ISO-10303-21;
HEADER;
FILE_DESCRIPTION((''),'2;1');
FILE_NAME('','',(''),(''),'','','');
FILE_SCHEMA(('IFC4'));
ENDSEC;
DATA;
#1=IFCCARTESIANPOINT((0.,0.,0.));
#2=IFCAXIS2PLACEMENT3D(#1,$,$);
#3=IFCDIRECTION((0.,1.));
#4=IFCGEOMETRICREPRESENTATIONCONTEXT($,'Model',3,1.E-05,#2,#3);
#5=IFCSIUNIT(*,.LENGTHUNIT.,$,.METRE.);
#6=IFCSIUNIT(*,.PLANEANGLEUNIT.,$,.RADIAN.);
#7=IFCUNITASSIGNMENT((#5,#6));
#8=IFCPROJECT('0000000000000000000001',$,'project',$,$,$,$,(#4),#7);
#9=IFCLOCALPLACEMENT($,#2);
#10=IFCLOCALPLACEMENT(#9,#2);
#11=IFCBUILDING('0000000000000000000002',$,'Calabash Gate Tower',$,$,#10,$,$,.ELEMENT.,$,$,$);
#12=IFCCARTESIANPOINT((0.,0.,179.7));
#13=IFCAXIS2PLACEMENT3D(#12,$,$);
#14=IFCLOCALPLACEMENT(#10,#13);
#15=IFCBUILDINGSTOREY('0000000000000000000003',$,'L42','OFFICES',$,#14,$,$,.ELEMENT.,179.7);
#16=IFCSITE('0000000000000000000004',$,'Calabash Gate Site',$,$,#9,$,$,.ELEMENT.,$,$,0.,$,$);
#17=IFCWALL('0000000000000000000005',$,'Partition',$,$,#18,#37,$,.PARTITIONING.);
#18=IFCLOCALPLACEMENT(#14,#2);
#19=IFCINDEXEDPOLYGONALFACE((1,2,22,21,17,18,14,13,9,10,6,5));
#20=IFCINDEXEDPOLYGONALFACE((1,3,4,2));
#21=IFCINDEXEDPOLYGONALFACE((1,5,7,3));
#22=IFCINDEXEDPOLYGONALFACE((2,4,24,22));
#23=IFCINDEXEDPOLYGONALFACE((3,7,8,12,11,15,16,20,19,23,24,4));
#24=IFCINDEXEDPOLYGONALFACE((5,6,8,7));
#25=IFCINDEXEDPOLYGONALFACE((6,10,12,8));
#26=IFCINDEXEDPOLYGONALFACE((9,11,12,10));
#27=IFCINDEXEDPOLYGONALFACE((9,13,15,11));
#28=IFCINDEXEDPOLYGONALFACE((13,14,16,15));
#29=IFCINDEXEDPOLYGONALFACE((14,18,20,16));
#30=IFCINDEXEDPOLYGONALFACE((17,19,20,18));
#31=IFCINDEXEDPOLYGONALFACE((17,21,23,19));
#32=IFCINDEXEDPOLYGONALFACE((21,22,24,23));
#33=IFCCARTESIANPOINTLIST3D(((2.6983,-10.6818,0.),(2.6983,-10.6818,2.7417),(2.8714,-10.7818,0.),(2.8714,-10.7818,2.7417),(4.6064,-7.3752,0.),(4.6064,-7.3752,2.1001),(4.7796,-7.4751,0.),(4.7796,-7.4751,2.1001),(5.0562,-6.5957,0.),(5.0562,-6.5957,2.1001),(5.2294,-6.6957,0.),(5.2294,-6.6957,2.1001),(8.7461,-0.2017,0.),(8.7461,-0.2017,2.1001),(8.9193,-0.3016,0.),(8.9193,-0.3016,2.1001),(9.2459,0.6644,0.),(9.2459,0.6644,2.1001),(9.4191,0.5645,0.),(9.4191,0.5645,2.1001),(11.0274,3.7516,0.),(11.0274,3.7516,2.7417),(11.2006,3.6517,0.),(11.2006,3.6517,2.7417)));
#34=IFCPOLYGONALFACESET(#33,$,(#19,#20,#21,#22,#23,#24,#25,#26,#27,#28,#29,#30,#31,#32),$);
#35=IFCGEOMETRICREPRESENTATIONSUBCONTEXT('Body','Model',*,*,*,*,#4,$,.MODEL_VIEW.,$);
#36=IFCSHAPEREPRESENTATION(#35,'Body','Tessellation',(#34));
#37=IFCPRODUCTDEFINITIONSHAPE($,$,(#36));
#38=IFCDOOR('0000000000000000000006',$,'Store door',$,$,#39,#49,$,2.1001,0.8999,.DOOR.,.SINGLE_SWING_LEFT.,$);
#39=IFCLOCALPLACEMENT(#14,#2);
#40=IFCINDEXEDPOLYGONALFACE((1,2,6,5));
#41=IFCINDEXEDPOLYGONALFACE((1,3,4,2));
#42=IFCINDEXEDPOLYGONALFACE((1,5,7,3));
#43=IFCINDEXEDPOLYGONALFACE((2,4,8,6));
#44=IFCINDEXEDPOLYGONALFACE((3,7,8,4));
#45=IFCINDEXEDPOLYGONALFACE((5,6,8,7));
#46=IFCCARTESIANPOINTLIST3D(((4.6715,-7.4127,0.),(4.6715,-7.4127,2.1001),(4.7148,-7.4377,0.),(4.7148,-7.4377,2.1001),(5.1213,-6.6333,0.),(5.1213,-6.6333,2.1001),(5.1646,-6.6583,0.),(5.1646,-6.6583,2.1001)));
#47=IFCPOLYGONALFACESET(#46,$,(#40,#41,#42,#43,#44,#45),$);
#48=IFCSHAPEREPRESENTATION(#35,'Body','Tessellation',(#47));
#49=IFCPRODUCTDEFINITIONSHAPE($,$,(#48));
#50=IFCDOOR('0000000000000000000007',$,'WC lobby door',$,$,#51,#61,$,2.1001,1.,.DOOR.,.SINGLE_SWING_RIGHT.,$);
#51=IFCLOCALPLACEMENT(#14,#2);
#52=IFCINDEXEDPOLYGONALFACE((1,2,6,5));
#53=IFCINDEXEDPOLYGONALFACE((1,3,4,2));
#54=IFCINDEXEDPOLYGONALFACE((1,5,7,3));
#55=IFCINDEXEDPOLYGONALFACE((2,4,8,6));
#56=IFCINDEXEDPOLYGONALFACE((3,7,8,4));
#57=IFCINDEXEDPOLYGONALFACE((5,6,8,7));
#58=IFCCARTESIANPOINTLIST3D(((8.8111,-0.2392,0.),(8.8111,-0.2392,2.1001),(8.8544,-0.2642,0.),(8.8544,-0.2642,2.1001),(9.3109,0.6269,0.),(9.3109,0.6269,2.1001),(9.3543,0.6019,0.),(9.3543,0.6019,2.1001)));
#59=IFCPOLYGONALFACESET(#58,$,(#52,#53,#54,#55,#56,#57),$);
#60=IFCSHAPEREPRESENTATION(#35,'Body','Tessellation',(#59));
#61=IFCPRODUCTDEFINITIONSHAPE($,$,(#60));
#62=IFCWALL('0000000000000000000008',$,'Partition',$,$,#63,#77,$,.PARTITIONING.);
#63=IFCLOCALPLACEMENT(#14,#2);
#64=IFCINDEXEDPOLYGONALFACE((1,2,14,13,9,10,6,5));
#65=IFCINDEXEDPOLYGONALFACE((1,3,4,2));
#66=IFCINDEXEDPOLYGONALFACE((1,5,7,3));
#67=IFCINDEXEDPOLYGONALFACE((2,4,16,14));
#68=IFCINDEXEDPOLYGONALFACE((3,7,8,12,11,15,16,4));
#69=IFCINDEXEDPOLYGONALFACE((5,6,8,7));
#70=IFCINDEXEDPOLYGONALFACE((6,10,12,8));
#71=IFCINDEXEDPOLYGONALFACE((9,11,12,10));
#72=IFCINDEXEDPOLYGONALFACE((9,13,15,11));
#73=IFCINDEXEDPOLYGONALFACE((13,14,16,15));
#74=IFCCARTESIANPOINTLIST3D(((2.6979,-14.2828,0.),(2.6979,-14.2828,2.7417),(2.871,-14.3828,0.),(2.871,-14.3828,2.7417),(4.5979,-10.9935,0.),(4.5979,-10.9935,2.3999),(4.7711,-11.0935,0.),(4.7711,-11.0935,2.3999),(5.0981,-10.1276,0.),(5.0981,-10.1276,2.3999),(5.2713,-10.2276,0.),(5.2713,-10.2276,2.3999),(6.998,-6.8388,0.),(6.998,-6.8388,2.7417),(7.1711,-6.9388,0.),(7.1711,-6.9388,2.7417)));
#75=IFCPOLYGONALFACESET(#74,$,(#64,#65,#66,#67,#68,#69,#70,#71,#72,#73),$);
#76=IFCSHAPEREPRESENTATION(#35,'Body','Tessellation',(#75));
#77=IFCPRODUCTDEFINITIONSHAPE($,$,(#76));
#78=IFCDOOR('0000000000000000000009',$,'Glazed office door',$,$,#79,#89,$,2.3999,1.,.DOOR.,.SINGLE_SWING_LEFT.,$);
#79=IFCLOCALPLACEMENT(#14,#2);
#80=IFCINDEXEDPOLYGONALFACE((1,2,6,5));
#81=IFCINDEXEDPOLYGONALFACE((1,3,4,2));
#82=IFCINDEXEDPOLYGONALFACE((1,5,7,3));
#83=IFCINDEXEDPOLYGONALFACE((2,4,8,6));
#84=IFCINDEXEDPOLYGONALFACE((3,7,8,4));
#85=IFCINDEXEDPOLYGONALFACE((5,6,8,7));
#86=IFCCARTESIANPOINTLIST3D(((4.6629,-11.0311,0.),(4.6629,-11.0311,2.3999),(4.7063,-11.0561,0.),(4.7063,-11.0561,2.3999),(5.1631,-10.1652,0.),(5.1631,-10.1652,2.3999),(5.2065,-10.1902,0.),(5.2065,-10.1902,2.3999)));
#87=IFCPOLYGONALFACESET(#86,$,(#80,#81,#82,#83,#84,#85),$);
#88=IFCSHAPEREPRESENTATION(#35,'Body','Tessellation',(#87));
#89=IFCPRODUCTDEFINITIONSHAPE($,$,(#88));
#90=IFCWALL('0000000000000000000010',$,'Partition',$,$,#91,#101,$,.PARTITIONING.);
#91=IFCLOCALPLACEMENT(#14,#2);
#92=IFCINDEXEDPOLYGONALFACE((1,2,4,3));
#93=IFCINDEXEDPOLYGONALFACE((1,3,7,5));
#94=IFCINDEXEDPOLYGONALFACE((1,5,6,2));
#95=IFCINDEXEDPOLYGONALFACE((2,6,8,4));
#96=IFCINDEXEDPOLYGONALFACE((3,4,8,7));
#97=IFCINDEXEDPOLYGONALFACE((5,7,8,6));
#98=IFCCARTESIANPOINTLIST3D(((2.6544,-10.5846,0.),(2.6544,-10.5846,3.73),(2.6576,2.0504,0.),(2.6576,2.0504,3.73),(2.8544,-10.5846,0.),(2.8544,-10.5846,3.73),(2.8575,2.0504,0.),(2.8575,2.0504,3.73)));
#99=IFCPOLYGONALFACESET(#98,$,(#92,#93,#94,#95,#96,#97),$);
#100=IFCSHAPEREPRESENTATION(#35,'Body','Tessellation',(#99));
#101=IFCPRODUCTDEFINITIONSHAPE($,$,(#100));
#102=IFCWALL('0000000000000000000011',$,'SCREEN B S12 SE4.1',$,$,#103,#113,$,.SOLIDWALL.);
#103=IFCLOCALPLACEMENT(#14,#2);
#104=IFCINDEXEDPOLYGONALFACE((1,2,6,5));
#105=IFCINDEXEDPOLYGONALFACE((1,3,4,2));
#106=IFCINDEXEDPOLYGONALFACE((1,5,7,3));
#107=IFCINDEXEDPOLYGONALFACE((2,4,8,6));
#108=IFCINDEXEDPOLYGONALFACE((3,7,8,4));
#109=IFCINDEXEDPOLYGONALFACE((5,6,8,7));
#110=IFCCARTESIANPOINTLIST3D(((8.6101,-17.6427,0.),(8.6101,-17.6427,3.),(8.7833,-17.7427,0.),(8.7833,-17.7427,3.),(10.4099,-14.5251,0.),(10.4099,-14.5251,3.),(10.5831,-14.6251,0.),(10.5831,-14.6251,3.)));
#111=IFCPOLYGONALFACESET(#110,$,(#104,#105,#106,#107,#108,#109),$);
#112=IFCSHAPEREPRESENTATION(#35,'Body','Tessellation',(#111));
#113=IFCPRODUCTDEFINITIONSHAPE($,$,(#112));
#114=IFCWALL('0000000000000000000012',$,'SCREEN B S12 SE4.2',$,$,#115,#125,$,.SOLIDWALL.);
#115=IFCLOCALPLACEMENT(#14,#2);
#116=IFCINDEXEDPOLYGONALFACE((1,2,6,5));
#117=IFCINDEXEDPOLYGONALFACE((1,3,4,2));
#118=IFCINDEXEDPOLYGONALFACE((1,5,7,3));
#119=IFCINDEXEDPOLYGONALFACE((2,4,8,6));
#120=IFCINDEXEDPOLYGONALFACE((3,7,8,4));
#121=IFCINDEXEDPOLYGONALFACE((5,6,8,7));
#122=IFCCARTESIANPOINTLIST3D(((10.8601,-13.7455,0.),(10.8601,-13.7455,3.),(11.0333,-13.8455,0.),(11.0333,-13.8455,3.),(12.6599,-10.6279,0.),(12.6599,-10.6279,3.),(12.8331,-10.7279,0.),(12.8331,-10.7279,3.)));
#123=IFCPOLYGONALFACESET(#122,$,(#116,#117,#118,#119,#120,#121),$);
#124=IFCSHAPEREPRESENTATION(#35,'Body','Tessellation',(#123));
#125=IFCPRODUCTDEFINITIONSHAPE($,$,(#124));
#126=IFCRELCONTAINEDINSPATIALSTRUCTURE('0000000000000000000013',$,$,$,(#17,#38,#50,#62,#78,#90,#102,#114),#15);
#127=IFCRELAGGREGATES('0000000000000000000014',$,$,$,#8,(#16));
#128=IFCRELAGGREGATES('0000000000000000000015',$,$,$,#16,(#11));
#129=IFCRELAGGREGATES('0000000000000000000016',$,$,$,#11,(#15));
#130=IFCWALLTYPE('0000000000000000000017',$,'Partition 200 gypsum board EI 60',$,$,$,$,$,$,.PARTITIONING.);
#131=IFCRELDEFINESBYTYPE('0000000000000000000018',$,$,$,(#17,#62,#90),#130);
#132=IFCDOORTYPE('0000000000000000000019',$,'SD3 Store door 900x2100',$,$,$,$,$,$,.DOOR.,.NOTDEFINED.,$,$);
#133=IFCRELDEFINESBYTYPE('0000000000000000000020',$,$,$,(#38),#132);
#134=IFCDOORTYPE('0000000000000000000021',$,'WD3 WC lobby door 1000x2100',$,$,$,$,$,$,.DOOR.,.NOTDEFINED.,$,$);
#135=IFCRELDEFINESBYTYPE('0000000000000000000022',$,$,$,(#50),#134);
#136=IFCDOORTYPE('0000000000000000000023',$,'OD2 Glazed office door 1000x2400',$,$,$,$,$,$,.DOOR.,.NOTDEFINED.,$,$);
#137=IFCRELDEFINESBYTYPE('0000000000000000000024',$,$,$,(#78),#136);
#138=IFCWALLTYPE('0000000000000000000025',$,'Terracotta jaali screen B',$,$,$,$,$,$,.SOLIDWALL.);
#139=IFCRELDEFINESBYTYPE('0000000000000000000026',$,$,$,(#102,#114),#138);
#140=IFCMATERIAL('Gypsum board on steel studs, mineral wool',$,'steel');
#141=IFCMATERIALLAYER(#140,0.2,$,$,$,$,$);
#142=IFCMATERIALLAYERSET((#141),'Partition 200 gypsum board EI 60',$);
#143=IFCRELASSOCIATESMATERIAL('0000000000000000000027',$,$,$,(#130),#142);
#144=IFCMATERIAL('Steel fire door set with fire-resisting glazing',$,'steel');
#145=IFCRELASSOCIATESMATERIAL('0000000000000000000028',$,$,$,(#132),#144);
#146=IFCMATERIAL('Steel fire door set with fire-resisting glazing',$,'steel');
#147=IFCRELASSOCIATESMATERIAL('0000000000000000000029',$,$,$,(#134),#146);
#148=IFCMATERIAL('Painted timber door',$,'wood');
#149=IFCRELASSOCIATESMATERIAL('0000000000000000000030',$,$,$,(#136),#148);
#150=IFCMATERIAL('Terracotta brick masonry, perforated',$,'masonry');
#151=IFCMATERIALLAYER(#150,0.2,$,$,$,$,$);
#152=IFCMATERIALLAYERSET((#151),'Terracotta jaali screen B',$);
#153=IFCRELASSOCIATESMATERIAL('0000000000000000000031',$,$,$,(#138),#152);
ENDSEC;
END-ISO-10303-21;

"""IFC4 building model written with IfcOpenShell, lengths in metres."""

from ifc_helpers import new_model, si_unit, direction, frame, frame_2d, origin, place, context, subcontext, project, spatial, rectangle, extrude, material, layer, layer_set, type_object, element, fill, save


model = new_model("IFC4")

# Units and contexts
model_context = context("Model", 3, precision=1e-05, world=origin(), true_north=direction((0.0, 1.0)))
body_context = subcontext(model_context, "Body", "Model", "MODEL_VIEW")
ifc_project = project(units=[si_unit("LENGTHUNIT", "METRE"), si_unit("PLANEANGLEUNIT", "RADIAN")], contexts=[model_context])

# Site, building, storey
site_placement = place(None, origin())
site = spatial("IfcSite", under=ifc_project, at=site_placement, Name="Calabash Gate Site", CompositionType="ELEMENT", RefElevation=0.0)
building_placement = place(site_placement, origin())
building = spatial("IfcBuilding", under=site, at=building_placement, Name="Calabash Gate Tower", CompositionType="ELEMENT")
storey_placement = place(building_placement, frame((0.0, 0.0, 179.7)))
storey = spatial("IfcBuildingStorey", under=building, at=storey_placement, Name="L42", Description="OFFICES", CompositionType="ELEMENT", Elevation=179.7)

# Shared definitions
ifc_material_1 = material(Name="Gypsum board on steel studs, mineral wool", Category="steel")
ifc_layer_1 = layer(ifc_material_1, 0.2)
ifc_layer_set_1 = layer_set([ifc_layer_1], Name="Partition 200 gypsum board EI 60")
wall_type_1 = type_object("IfcWallType", Name="Partition 200 gypsum board EI 60", PredefinedType="PARTITIONING", material=ifc_layer_set_1)

# Wall, openings, doors
wall_1_placement = place(storey_placement, frame((2.7849, -10.7317, 0.0), z_axis=(0.0, 0.0, 1.0), x_axis=(0.49982, 0.866129, 0.0)))
wall_1 = element("IfcWall", 1, at=wall_1_placement, inside=storey, type_object=wall_type_1, Name="Partition", PredefinedType="PARTITIONING", context=body_context, shape_type="SweptSolid", body=[
    extrude(rectangle(XDim=16.6643, YDim=0.2, at=frame_2d((8.332, 0.0))), origin(), (0.0, 0.0, 1.0), 2.7417),
])
opening_1_placement = place(wall_1_placement, frame((3.8176, 0.0, 0.0)))
opening_1 = element("IfcOpeningElement", 2, at=opening_1_placement, cuts=wall_1, PredefinedType="OPENING", context=body_context, shape_type="SweptSolid", body=[
    extrude(rectangle(XDim=0.8999, YDim=2.1001, at=frame_2d((0.45, 1.05))), frame((0.0, 0.1099, 0.0), z_axis=(0.0, -1.0, 0.0), x_axis=(1.0, 0.0, 0.0)), (0.0, 0.0, 1.0), 0.22),
])
opening_2_placement = place(wall_1_placement, frame((12.0999, 0.0, 0.0)))
opening_2 = element("IfcOpeningElement", 3, at=opening_2_placement, cuts=wall_1, PredefinedType="OPENING", context=body_context, shape_type="SweptSolid", body=[
    extrude(rectangle(XDim=1.0, YDim=2.1001, at=frame_2d((0.5, 1.05))), frame((0.0, 0.1099, 0.0), z_axis=(0.0, -1.0, 0.0), x_axis=(1.0, 0.0, 0.0)), (0.0, 0.0, 1.0), 0.22),
])
ifc_material_2 = material(Name="Steel fire door set with fire-resisting glazing", Category="steel")
door_type_1 = type_object("IfcDoorType", Name="SD3 Store door 900x2100", OperationType="NOTDEFINED", PredefinedType="DOOR", material=ifc_material_2)
door_1_placement = place(opening_1_placement, origin())
door_1 = element("IfcDoor", 4, at=door_1_placement, inside=storey, type_object=door_type_1, Name="Store door", OperationType="SINGLE_SWING_LEFT", OverallHeight=2.1001, OverallWidth=0.8999, PredefinedType="DOOR", context=body_context, shape_type="SweptSolid", body=[
    extrude(rectangle(XDim=0.8999, YDim=2.1001, at=frame_2d((0.45, 1.05))), frame((0.0, 0.0249, 0.0), z_axis=(0.0, -1.0, 0.0), x_axis=(1.0, 0.0, 0.0)), (0.0, 0.0, 1.0), 0.05),
])
fill(opening_1, door_1)
ifc_material_3 = material(Name="Steel fire door set with fire-resisting glazing", Category="steel")
door_type_2 = type_object("IfcDoorType", Name="WD3 WC lobby door 1000x2100", OperationType="NOTDEFINED", PredefinedType="DOOR", material=ifc_material_3)
door_2_placement = place(opening_2_placement, origin())
door_2 = element("IfcDoor", 5, at=door_2_placement, inside=storey, type_object=door_type_2, Name="WC lobby door", OperationType="SINGLE_SWING_RIGHT", OverallHeight=2.1001, OverallWidth=1.0, PredefinedType="DOOR", context=body_context, shape_type="SweptSolid", body=[
    extrude(rectangle(XDim=1.0, YDim=2.1001, at=frame_2d((0.5, 1.05))), frame((0.0, 0.0249, 0.0), z_axis=(0.0, -1.0, 0.0), x_axis=(1.0, 0.0, 0.0)), (0.0, 0.0, 1.0), 0.05),
])
fill(opening_2, door_2)

# Wall, opening, door
wall_2_placement = place(storey_placement, frame((2.7844, -14.3328, 0.0), z_axis=(0.0, 0.0, 1.0), x_axis=(0.500204, 0.865907, 0.0)))
wall_2 = element("IfcWall", 6, at=wall_2_placement, inside=storey, type_object=wall_type_1, Name="Partition", PredefinedType="PARTITIONING", context=body_context, shape_type="SweptSolid", body=[
    extrude(rectangle(XDim=8.5967, YDim=0.2, at=frame_2d((4.2983, 0.0))), origin(), (0.0, 0.0, 1.0), 2.7417),
])
opening_3_placement = place(wall_2_placement, frame((3.7986, 0.0, 0.0)))
opening_3 = element("IfcOpeningElement", 7, at=opening_3_placement, cuts=wall_2, PredefinedType="OPENING", context=body_context, shape_type="SweptSolid", body=[
    extrude(rectangle(XDim=1.0, YDim=2.3999, at=frame_2d((0.5, 1.2))), frame((0.0, 0.1099, 0.0), z_axis=(0.0, -1.0, 0.0), x_axis=(1.0, 0.0, 0.0)), (0.0, 0.0, 1.0), 0.22),
])
ifc_material_4 = material(Name="Painted timber door", Category="wood")
door_type_3 = type_object("IfcDoorType", Name="OD2 Glazed office door 1000x2400", OperationType="NOTDEFINED", PredefinedType="DOOR", material=ifc_material_4)
door_3_placement = place(opening_3_placement, origin())
door_3 = element("IfcDoor", 8, at=door_3_placement, inside=storey, type_object=door_type_3, Name="Glazed office door", OperationType="SINGLE_SWING_LEFT", OverallHeight=2.3999, OverallWidth=1.0, PredefinedType="DOOR", context=body_context, shape_type="SweptSolid", body=[
    extrude(rectangle(XDim=1.0, YDim=2.3999, at=frame_2d((0.5, 1.2))), frame((0.0, 0.0249, 0.0), z_axis=(0.0, -1.0, 0.0), x_axis=(1.0, 0.0, 0.0)), (0.0, 0.0, 1.0), 0.05),
])
fill(opening_3, door_3)

# Walls
wall_3_placement = place(storey_placement, frame((2.7544, -10.5845, 0.0), z_axis=(0.0, 0.0, 1.0), x_axis=(0.000251, 1.0, 0.0)))
element("IfcWall", 9, at=wall_3_placement, inside=storey, type_object=wall_type_1, Name="Partition", PredefinedType="PARTITIONING", context=body_context, shape_type="SweptSolid", body=[
    extrude(rectangle(XDim=12.635, YDim=0.2, at=frame_2d((6.3174, 0.0))), origin(), (0.0, 0.0, 1.0), 3.73),
])
ifc_material_5 = material(Name="Terracotta brick masonry, perforated", Category="masonry")
ifc_layer_2 = layer(ifc_material_5, 0.2)
ifc_layer_set_2 = layer_set([ifc_layer_2], Name="Terracotta jaali screen B")
wall_type_2 = type_object("IfcWallType", Name="Terracotta jaali screen B", PredefinedType="SOLIDWALL", material=ifc_layer_set_2)
for number, where, z_axis, x_axis, name in (
    (10, (8.6968, -17.6926, 0.0), (0.0, 0.0, 1.0), (0.499961, 0.866048, 0.0), "SCREEN B S12 SE4.1"),
    (11, (10.9468, -13.7954, 0.0), (0.0, 0.0, 1.0), (0.499961, 0.866048, 0.0), "SCREEN B S12 SE4.2"),
):
    element("IfcWall", number, at=place(storey_placement, frame(where, z_axis=z_axis, x_axis=x_axis)), inside=storey, type_object=wall_type_2, Name=name, PredefinedType="SOLIDWALL", context=body_context, shape_type="SweptSolid", body=[
        extrude(rectangle(XDim=3.5999, YDim=0.2, at=frame_2d((1.7998, 0.0))), origin(), (0.0, 0.0, 1.0), 3.0),
    ])

save(model, "model.ifc")
